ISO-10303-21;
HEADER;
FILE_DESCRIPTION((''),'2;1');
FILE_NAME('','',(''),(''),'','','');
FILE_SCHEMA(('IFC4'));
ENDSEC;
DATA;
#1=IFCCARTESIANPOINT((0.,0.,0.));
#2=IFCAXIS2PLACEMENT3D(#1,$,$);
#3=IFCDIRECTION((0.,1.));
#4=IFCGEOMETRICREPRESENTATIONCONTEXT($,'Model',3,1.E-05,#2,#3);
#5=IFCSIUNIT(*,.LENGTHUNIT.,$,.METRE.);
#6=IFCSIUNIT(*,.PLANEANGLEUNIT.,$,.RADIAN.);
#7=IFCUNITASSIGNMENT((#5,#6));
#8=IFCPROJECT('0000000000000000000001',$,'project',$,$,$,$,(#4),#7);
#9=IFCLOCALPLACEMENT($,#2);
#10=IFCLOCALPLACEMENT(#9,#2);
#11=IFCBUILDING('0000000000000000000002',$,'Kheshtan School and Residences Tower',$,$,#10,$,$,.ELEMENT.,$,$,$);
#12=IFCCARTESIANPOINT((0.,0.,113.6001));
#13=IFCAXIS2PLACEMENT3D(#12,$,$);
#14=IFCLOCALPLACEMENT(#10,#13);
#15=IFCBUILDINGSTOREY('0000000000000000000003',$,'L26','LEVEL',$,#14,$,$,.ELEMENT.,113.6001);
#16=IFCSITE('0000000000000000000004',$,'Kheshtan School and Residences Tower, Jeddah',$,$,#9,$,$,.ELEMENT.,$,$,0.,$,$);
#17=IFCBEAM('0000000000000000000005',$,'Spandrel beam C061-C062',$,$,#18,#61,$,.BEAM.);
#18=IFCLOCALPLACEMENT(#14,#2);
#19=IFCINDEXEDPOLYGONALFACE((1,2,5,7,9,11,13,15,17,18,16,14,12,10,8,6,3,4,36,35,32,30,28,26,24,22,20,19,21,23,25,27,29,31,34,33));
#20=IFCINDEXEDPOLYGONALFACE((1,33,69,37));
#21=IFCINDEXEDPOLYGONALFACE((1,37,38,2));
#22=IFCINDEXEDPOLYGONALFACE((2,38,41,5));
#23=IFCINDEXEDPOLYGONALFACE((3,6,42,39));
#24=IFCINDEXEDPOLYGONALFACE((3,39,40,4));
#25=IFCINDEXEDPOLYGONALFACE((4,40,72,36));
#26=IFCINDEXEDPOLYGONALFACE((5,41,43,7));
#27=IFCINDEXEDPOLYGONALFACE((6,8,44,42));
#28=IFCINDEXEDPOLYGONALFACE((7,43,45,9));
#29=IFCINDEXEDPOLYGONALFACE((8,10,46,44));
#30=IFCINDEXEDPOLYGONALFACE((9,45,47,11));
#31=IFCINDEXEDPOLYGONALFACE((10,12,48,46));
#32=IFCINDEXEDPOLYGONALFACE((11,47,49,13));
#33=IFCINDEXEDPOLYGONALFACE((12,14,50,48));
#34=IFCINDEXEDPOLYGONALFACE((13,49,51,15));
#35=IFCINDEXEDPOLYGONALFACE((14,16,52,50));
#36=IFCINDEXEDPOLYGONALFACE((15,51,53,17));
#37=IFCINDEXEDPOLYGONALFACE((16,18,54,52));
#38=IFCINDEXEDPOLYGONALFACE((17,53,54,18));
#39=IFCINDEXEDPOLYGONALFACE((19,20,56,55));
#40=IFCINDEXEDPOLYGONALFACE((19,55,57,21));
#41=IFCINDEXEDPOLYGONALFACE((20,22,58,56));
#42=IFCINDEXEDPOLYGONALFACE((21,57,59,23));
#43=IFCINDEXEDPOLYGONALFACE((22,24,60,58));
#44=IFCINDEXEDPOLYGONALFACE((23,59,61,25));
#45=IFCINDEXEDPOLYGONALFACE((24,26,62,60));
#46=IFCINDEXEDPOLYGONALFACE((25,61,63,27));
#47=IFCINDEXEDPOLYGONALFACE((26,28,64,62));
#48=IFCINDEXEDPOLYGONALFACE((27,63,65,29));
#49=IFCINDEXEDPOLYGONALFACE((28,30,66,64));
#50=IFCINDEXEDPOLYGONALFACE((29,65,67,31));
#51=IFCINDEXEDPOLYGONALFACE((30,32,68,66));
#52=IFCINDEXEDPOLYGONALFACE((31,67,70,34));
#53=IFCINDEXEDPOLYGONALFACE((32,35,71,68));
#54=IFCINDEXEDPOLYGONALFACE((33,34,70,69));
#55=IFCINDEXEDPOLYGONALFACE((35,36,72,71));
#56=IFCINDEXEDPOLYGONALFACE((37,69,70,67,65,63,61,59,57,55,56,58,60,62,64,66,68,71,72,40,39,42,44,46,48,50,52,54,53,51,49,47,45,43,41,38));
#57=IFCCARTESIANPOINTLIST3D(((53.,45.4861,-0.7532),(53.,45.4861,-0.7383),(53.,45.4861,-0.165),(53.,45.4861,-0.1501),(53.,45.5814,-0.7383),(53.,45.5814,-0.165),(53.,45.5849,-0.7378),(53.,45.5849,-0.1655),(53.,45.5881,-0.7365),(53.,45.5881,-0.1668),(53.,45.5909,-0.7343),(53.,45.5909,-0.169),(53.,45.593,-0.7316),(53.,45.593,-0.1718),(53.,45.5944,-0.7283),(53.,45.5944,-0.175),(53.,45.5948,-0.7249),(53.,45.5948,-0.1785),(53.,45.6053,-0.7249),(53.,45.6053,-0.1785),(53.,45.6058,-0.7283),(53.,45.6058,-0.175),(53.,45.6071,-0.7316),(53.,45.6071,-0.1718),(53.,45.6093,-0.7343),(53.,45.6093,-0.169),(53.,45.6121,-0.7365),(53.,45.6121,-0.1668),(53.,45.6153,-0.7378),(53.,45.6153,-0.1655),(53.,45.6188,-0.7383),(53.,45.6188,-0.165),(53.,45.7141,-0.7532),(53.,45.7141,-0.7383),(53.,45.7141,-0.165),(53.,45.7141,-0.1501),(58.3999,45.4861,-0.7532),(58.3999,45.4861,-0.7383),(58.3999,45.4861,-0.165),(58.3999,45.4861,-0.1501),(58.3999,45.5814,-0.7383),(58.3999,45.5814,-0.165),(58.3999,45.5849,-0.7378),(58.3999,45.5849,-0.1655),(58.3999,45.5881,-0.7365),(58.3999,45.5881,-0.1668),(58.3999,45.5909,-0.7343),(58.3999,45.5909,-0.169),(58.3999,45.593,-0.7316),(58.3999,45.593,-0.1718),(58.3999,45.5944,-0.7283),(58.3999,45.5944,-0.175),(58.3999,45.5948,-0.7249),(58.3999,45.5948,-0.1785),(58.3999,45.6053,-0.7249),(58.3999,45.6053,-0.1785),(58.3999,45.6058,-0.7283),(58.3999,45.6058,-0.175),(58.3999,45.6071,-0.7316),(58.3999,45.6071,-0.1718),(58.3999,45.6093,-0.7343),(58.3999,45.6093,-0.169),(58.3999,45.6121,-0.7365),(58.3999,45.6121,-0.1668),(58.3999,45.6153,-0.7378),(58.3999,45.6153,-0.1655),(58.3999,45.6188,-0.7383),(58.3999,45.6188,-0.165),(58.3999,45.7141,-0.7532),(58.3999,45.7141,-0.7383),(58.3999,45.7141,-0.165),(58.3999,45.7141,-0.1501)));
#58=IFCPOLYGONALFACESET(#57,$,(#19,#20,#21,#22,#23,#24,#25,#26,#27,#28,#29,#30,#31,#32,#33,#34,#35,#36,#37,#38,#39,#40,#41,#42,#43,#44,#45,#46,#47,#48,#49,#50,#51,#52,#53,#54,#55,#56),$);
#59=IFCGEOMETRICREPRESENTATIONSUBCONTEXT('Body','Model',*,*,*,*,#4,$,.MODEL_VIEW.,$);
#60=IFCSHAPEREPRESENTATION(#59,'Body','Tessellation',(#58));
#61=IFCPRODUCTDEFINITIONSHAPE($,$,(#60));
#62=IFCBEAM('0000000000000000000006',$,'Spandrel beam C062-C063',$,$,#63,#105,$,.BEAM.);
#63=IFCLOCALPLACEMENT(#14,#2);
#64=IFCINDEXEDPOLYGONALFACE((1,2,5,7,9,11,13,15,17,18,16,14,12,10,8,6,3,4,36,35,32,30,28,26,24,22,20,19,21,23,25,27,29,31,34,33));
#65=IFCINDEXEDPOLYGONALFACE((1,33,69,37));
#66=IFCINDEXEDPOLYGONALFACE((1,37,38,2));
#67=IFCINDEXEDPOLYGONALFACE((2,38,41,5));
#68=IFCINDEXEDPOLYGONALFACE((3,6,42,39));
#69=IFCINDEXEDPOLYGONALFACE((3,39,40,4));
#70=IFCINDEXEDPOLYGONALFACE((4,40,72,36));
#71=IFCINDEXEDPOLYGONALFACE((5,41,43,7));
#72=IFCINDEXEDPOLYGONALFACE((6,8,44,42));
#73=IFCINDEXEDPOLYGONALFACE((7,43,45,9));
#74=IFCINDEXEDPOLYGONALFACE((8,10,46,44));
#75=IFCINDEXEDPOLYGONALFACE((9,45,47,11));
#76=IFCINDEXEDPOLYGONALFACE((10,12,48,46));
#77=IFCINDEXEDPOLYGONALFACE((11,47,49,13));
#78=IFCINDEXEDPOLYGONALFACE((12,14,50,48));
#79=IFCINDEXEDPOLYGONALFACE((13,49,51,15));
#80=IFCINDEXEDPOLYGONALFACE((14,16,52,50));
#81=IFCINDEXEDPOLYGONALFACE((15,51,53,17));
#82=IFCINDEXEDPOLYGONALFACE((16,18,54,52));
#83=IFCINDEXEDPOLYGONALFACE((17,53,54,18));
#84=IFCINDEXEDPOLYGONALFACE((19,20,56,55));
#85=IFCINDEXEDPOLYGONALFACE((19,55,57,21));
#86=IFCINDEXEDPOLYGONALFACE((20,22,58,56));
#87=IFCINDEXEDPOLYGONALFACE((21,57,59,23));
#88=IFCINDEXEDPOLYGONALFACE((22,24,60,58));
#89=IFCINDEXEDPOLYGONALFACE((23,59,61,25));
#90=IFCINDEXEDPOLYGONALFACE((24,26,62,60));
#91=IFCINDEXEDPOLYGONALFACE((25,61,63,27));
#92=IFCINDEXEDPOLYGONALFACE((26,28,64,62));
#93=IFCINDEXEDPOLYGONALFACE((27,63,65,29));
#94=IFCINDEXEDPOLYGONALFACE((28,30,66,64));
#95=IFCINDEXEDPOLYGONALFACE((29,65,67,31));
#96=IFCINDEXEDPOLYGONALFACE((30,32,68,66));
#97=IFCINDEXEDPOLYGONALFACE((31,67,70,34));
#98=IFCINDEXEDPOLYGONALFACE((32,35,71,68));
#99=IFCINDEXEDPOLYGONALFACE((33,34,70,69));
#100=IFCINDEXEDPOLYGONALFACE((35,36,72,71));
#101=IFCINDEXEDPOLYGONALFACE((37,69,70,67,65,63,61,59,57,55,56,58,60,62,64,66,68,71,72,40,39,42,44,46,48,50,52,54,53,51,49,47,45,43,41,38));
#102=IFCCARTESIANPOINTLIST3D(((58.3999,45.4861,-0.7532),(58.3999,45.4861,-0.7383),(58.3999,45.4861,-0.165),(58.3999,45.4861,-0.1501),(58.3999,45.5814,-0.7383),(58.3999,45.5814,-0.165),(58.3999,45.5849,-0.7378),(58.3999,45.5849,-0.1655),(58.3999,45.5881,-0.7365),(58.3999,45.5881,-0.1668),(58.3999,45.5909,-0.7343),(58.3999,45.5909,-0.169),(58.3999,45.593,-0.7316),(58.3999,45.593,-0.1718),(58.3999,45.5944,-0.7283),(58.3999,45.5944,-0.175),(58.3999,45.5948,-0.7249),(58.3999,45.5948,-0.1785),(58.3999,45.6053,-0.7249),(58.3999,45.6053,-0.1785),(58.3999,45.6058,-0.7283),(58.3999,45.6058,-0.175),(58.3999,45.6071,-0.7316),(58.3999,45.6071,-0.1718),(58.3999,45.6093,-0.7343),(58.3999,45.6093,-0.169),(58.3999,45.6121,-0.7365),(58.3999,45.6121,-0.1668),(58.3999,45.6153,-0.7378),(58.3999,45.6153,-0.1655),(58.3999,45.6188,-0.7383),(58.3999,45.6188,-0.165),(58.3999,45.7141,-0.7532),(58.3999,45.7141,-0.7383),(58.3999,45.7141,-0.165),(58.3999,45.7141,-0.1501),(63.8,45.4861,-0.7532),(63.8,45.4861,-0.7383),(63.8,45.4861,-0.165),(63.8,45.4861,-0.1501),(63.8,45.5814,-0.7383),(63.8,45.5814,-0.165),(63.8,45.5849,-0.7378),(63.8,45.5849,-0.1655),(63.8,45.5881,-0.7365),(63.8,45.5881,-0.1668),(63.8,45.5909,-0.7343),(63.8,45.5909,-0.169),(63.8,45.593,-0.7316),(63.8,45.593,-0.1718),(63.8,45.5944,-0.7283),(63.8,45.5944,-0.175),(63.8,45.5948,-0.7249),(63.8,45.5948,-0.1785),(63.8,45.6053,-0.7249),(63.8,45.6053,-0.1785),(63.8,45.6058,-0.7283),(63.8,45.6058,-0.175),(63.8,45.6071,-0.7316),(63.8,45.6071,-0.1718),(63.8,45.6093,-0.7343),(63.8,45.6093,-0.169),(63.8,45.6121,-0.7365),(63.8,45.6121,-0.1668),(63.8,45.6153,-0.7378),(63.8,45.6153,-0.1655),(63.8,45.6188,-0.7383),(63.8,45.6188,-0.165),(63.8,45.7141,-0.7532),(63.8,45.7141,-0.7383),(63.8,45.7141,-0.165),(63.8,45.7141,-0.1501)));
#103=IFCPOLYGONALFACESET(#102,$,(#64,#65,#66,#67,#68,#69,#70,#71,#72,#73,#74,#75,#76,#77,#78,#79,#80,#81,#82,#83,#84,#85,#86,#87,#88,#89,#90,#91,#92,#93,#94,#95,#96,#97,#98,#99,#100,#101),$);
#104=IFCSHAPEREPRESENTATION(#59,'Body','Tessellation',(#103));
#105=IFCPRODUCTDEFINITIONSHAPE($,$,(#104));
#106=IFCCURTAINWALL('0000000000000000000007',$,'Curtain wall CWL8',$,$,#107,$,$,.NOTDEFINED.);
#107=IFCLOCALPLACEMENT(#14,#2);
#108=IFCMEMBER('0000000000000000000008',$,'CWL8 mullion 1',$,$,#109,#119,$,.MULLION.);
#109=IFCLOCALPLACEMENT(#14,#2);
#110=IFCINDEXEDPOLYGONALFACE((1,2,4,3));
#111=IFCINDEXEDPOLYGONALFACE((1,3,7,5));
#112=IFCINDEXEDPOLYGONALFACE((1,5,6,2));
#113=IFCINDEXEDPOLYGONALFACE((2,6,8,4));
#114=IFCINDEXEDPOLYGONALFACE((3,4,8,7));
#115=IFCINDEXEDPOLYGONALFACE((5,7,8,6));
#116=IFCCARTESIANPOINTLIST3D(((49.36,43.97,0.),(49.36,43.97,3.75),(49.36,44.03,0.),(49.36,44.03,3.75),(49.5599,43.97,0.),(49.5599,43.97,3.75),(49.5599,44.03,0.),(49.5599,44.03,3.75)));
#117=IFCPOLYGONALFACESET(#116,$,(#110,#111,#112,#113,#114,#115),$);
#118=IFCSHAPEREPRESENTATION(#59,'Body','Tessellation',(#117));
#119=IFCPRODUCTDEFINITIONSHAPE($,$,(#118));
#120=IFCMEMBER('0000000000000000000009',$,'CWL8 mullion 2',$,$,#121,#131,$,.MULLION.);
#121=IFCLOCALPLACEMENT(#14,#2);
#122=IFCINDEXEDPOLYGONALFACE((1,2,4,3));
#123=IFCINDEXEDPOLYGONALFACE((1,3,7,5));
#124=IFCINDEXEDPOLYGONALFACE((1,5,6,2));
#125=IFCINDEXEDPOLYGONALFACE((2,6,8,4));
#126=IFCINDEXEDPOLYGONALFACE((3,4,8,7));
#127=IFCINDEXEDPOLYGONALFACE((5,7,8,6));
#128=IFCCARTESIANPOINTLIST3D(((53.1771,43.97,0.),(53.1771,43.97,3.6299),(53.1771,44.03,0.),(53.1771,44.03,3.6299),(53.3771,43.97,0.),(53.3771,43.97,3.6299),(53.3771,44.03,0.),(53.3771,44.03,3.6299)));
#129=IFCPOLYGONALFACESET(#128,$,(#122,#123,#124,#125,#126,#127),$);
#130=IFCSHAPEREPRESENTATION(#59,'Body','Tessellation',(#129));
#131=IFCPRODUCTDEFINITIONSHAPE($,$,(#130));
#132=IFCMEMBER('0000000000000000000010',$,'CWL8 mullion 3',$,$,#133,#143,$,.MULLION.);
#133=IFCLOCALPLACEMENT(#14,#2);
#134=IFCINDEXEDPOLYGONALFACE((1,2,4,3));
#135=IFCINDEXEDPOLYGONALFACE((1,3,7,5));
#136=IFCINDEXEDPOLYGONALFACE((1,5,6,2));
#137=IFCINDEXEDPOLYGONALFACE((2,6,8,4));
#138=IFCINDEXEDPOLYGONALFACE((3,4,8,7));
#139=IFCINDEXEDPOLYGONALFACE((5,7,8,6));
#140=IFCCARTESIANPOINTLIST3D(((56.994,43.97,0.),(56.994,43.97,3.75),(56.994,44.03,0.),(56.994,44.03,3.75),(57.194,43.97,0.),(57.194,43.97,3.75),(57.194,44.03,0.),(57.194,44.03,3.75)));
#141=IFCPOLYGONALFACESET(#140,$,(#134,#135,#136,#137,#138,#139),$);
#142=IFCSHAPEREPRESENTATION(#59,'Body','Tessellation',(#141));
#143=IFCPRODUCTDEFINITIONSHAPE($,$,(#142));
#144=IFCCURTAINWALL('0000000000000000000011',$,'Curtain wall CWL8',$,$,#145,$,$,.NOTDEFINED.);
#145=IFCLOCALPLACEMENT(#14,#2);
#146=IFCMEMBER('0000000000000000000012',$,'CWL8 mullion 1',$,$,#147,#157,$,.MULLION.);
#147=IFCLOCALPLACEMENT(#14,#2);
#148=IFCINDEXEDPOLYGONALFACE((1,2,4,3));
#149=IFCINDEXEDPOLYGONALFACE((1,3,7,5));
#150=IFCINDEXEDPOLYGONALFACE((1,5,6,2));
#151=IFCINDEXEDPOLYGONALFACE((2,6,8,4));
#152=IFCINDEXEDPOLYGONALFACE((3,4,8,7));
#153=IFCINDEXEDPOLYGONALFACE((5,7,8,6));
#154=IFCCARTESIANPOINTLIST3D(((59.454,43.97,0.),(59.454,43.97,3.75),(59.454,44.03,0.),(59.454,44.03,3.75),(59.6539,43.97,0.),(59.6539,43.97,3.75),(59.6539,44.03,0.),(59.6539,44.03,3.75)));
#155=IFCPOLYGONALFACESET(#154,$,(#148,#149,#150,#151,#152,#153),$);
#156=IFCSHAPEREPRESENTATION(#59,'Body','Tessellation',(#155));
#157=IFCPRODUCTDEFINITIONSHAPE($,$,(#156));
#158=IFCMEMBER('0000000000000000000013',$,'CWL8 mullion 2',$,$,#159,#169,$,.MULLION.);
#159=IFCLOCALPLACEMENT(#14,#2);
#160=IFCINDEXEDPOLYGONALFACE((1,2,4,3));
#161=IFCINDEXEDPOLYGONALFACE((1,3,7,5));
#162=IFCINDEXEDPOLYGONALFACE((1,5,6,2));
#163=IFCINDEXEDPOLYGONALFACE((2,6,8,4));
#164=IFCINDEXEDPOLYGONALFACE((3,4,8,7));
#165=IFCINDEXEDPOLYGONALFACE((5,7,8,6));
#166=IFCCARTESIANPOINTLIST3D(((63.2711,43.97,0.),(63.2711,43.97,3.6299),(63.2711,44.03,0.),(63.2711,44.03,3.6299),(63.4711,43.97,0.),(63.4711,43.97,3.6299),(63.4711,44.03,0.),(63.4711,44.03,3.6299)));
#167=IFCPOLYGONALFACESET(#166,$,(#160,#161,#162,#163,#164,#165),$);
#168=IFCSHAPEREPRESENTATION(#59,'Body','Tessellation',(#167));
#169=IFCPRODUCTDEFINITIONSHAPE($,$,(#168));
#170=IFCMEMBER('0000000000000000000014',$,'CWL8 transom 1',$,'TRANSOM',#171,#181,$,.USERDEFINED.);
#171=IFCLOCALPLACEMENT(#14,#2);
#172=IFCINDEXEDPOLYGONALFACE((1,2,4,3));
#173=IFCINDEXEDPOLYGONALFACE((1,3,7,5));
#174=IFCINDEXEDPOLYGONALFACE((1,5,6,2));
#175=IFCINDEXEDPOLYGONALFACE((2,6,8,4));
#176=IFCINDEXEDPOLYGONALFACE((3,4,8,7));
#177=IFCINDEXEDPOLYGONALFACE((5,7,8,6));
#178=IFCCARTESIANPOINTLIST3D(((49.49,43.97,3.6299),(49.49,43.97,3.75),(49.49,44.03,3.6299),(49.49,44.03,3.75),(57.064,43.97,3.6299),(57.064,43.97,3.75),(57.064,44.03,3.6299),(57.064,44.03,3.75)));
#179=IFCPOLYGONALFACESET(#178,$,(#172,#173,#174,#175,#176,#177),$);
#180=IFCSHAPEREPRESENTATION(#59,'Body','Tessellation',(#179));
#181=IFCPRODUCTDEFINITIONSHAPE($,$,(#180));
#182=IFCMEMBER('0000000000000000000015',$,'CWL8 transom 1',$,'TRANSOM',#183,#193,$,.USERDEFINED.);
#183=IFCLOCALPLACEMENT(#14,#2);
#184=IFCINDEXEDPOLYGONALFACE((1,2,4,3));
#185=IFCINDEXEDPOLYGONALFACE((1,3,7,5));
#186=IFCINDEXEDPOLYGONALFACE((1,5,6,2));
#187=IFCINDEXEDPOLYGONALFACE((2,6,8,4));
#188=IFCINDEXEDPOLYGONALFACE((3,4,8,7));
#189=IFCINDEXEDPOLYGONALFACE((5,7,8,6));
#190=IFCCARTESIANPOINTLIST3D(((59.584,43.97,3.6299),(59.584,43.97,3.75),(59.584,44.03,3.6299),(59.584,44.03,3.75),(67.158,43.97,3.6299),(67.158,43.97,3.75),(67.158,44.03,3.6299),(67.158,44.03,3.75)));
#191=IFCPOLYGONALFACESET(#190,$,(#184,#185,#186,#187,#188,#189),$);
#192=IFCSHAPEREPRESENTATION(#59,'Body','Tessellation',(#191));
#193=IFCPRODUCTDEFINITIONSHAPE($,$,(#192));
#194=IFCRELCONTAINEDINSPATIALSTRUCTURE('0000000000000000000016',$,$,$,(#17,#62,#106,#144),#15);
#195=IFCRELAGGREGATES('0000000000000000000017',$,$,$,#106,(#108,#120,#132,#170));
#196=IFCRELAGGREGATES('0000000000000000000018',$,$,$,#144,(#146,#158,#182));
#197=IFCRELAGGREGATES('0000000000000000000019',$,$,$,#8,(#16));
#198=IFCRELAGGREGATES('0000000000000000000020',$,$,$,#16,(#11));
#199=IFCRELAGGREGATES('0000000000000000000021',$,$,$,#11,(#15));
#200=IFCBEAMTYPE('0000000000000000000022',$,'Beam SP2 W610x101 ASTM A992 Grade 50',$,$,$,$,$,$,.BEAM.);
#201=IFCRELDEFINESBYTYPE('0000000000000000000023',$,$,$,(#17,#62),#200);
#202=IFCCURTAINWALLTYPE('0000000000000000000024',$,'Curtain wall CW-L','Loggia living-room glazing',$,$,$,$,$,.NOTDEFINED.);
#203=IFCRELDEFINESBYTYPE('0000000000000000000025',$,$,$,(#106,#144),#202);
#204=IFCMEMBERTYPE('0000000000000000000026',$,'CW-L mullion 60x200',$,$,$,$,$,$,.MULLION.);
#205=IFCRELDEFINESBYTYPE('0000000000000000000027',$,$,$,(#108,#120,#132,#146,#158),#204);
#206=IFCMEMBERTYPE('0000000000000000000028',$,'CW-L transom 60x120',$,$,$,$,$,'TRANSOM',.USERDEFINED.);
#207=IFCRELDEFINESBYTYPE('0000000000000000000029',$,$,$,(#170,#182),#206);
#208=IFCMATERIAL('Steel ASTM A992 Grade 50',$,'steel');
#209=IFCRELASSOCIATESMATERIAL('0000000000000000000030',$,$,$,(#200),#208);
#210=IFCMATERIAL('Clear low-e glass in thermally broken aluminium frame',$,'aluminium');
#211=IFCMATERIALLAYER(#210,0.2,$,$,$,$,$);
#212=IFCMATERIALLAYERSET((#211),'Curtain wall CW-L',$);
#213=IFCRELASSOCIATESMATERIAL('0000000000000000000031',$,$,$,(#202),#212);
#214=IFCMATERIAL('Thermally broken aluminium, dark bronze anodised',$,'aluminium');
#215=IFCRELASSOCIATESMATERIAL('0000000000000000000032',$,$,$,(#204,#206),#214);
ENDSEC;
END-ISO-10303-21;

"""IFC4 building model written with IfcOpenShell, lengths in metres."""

from ifc_helpers import new_model, si_unit, direction, frame, origin, origin_2d, place, context, subcontext, project, spatial, rectangle, i_section, extrude, material, layer, layer_set, material_profile, profile_set, type_object, element, aggregate, save


model = new_model("IFC4")

# Units and contexts
model_context = context("Model", 3, precision=1e-05, world=origin(), true_north=direction((0.0, 1.0)))
body_context = subcontext(model_context, "Body", "Model", "MODEL_VIEW")
ifc_project = project(units=[si_unit("LENGTHUNIT", "METRE"), si_unit("PLANEANGLEUNIT", "RADIAN")], contexts=[model_context])

# Site, building, storey
site_placement = place(None, origin())
site = spatial("IfcSite", under=ifc_project, at=site_placement, Name="Kheshtan School and Residences Tower, Jeddah", CompositionType="ELEMENT", RefElevation=0.0)
building_placement = place(site_placement, origin())
building = spatial("IfcBuilding", under=site, at=building_placement, Name="Kheshtan School and Residences Tower", CompositionType="ELEMENT")
storey_placement = place(building_placement, frame((0.0, 0.0, 113.6001)))
storey = spatial("IfcBuildingStorey", under=building, at=storey_placement, Name="L26", Description="LEVEL", CompositionType="ELEMENT", Elevation=113.6001)

# Shared definitions
ifc_material_1 = material(Name="Steel ASTM A992 Grade 50", Category="steel")

# Beams
ifc_material_profile_1 = material_profile(ifc_material_1, i_section(OverallWidth=0.228, OverallDepth=0.603, WebThickness=0.0105, FlangeThickness=0.0149, FilletRadius=0.0134, at=origin_2d()), Name="W610x101")
ifc_profile_set_1 = profile_set([ifc_material_profile_1], Name="Steel ASTM A992 Grade 50")
beam_type = type_object("IfcBeamType", Name="Beam SP2 W610x101 ASTM A992 Grade 50", PredefinedType="BEAM", material=ifc_profile_set_1)
beam_1_placement = place(storey_placement, frame((53.0, 45.6001, -0.4517), z_axis=(1.0, 0.0, 0.0), x_axis=(0.0, 1.0, 0.0)))
element("IfcBeam", 1, at=beam_1_placement, inside=storey, type_object=beam_type, Name="Spandrel beam C061-C062", PredefinedType="BEAM", context=body_context, shape_type="SweptSolid", body=[
    extrude(i_section(OverallWidth=0.228, OverallDepth=0.603, WebThickness=0.0105, FlangeThickness=0.0149, FilletRadius=0.0134, at=origin_2d()), origin(), (0.0, 0.0, 1.0), 5.3999),
])
beam_2_placement = place(storey_placement, frame((58.3999, 45.6001, -0.4517), z_axis=(1.0, 0.0, 0.0), x_axis=(0.0, 1.0, 0.0)))
element("IfcBeam", 2, at=beam_2_placement, inside=storey, type_object=beam_type, Name="Spandrel beam C062-C063", PredefinedType="BEAM", context=body_context, shape_type="SweptSolid", body=[
    extrude(i_section(OverallWidth=0.228, OverallDepth=0.603, WebThickness=0.0105, FlangeThickness=0.0149, FilletRadius=0.0134, at=origin_2d()), origin(), (0.0, 0.0, 1.0), 5.4001),
])

# Curtain walls, members
ifc_material_2 = material(Name="Clear low-e glass in thermally broken aluminium frame", Category="aluminium")
ifc_layer_1 = layer(ifc_material_2, 0.2)
ifc_layer_set_1 = layer_set([ifc_layer_1], Name="Curtain wall CW-L")
curtain_wall_type = type_object("IfcCurtainWallType", Name="Curtain wall CW-L", Description="Loggia living-room glazing", PredefinedType="NOTDEFINED", material=ifc_layer_set_1)
curtain_wall_1_placement = place(storey_placement, origin())
curtain_wall_1 = element("IfcCurtainWall", 3, at=curtain_wall_1_placement, inside=storey, type_object=curtain_wall_type, Name="Curtain wall CWL8", PredefinedType="NOTDEFINED")
ifc_material_3 = material(Name="Thermally broken aluminium, dark bronze anodised", Category="aluminium")
ifc_material_profile_2 = material_profile(ifc_material_3, rectangle(XDim=0.0601, YDim=0.2, at=origin_2d()), Name="CW-L mullion 60x200")
ifc_profile_set_2 = profile_set([ifc_material_profile_2], Name="Thermally broken aluminium, dark bronze anodised")
member_type_1 = type_object("IfcMemberType", Name="CW-L mullion 60x200", PredefinedType="MULLION", material=ifc_profile_set_2)
member_1_placement = place(storey_placement, frame((49.46, 44.0, 0.0), z_axis=(0.0, 0.0, 1.0), x_axis=(0.0, 1.0, 0.0)))
member_1 = element("IfcMember", 4, at=member_1_placement, type_object=member_type_1, Name="CWL8 mullion 1", PredefinedType="MULLION", context=body_context, shape_type="SweptSolid", body=[
    extrude(rectangle(XDim=0.0601, YDim=0.2, at=origin_2d()), origin(), (0.0, 0.0, 1.0), 3.75),
])
member_2_placement = place(storey_placement, frame((53.2771, 44.0, 0.0), z_axis=(0.0, 0.0, 1.0), x_axis=(0.0, 1.0, 0.0)))
member_2 = element("IfcMember", 5, at=member_2_placement, type_object=member_type_1, Name="CWL8 mullion 2", PredefinedType="MULLION", context=body_context, shape_type="SweptSolid", body=[
    extrude(rectangle(XDim=0.0601, YDim=0.2, at=origin_2d()), origin(), (0.0, 0.0, 1.0), 3.6299),
])
member_3_placement = place(storey_placement, frame((57.094, 44.0, 0.0), z_axis=(0.0, 0.0, 1.0), x_axis=(0.0, 1.0, 0.0)))
member_3 = element("IfcMember", 6, at=member_3_placement, type_object=member_type_1, Name="CWL8 mullion 3", PredefinedType="MULLION", context=body_context, shape_type="SweptSolid", body=[
    extrude(rectangle(XDim=0.0601, YDim=0.2, at=origin_2d()), origin(), (0.0, 0.0, 1.0), 3.75),
])
curtain_wall_2_placement = place(storey_placement, origin())
curtain_wall_2 = element("IfcCurtainWall", 7, at=curtain_wall_2_placement, inside=storey, type_object=curtain_wall_type, Name="Curtain wall CWL8", PredefinedType="NOTDEFINED")
member_4_placement = place(storey_placement, frame((59.554, 44.0, 0.0), z_axis=(0.0, 0.0, 1.0), x_axis=(0.0, 1.0, 0.0)))
member_4 = element("IfcMember", 8, at=member_4_placement, type_object=member_type_1, Name="CWL8 mullion 1", PredefinedType="MULLION", context=body_context, shape_type="SweptSolid", body=[
    extrude(rectangle(XDim=0.0601, YDim=0.2, at=origin_2d()), origin(), (0.0, 0.0, 1.0), 3.75),
])
member_5_placement = place(storey_placement, frame((63.3711, 44.0, 0.0), z_axis=(0.0, 0.0, 1.0), x_axis=(0.0, 1.0, 0.0)))
member_5 = element("IfcMember", 9, at=member_5_placement, type_object=member_type_1, Name="CWL8 mullion 2", PredefinedType="MULLION", context=body_context, shape_type="SweptSolid", body=[
    extrude(rectangle(XDim=0.0601, YDim=0.2, at=origin_2d()), origin(), (0.0, 0.0, 1.0), 3.6299),
])

# Members
ifc_material_profile_3 = material_profile(ifc_material_3, rectangle(XDim=0.0601, YDim=0.1201, at=origin_2d()), Name="CW-L transom 60x120")
ifc_profile_set_3 = profile_set([ifc_material_profile_3], Name="Thermally broken aluminium, dark bronze anodised")
member_type_2 = type_object("IfcMemberType", Name="CW-L transom 60x120", ElementType="TRANSOM", PredefinedType="USERDEFINED", material=ifc_profile_set_3)
member_6_placement = place(storey_placement, frame((49.49, 44.0, 3.6899), z_axis=(1.0, 0.0, 0.0), x_axis=(0.0, 1.0, 0.0)))
member_6 = element("IfcMember", 10, at=member_6_placement, type_object=member_type_2, Name="CWL8 transom 1", ObjectType="TRANSOM", PredefinedType="USERDEFINED", context=body_context, shape_type="SweptSolid", body=[
    extrude(rectangle(XDim=0.0601, YDim=0.1201, at=origin_2d()), origin(), (0.0, 0.0, 1.0), 7.574),
])
member_7_placement = place(storey_placement, frame((59.584, 44.0, 3.6899), z_axis=(1.0, 0.0, 0.0), x_axis=(0.0, 1.0, 0.0)))
member_7 = element("IfcMember", 11, at=member_7_placement, type_object=member_type_2, Name="CWL8 transom 1", ObjectType="TRANSOM", PredefinedType="USERDEFINED", context=body_context, shape_type="SweptSolid", body=[
    extrude(rectangle(XDim=0.0601, YDim=0.1201, at=origin_2d()), origin(), (0.0, 0.0, 1.0), 7.574),
])

aggregate(curtain_wall_1, [member_1, member_2, member_3, member_6])
aggregate(curtain_wall_2, [member_4, member_5, member_7])

save(model, "model.ifc")
